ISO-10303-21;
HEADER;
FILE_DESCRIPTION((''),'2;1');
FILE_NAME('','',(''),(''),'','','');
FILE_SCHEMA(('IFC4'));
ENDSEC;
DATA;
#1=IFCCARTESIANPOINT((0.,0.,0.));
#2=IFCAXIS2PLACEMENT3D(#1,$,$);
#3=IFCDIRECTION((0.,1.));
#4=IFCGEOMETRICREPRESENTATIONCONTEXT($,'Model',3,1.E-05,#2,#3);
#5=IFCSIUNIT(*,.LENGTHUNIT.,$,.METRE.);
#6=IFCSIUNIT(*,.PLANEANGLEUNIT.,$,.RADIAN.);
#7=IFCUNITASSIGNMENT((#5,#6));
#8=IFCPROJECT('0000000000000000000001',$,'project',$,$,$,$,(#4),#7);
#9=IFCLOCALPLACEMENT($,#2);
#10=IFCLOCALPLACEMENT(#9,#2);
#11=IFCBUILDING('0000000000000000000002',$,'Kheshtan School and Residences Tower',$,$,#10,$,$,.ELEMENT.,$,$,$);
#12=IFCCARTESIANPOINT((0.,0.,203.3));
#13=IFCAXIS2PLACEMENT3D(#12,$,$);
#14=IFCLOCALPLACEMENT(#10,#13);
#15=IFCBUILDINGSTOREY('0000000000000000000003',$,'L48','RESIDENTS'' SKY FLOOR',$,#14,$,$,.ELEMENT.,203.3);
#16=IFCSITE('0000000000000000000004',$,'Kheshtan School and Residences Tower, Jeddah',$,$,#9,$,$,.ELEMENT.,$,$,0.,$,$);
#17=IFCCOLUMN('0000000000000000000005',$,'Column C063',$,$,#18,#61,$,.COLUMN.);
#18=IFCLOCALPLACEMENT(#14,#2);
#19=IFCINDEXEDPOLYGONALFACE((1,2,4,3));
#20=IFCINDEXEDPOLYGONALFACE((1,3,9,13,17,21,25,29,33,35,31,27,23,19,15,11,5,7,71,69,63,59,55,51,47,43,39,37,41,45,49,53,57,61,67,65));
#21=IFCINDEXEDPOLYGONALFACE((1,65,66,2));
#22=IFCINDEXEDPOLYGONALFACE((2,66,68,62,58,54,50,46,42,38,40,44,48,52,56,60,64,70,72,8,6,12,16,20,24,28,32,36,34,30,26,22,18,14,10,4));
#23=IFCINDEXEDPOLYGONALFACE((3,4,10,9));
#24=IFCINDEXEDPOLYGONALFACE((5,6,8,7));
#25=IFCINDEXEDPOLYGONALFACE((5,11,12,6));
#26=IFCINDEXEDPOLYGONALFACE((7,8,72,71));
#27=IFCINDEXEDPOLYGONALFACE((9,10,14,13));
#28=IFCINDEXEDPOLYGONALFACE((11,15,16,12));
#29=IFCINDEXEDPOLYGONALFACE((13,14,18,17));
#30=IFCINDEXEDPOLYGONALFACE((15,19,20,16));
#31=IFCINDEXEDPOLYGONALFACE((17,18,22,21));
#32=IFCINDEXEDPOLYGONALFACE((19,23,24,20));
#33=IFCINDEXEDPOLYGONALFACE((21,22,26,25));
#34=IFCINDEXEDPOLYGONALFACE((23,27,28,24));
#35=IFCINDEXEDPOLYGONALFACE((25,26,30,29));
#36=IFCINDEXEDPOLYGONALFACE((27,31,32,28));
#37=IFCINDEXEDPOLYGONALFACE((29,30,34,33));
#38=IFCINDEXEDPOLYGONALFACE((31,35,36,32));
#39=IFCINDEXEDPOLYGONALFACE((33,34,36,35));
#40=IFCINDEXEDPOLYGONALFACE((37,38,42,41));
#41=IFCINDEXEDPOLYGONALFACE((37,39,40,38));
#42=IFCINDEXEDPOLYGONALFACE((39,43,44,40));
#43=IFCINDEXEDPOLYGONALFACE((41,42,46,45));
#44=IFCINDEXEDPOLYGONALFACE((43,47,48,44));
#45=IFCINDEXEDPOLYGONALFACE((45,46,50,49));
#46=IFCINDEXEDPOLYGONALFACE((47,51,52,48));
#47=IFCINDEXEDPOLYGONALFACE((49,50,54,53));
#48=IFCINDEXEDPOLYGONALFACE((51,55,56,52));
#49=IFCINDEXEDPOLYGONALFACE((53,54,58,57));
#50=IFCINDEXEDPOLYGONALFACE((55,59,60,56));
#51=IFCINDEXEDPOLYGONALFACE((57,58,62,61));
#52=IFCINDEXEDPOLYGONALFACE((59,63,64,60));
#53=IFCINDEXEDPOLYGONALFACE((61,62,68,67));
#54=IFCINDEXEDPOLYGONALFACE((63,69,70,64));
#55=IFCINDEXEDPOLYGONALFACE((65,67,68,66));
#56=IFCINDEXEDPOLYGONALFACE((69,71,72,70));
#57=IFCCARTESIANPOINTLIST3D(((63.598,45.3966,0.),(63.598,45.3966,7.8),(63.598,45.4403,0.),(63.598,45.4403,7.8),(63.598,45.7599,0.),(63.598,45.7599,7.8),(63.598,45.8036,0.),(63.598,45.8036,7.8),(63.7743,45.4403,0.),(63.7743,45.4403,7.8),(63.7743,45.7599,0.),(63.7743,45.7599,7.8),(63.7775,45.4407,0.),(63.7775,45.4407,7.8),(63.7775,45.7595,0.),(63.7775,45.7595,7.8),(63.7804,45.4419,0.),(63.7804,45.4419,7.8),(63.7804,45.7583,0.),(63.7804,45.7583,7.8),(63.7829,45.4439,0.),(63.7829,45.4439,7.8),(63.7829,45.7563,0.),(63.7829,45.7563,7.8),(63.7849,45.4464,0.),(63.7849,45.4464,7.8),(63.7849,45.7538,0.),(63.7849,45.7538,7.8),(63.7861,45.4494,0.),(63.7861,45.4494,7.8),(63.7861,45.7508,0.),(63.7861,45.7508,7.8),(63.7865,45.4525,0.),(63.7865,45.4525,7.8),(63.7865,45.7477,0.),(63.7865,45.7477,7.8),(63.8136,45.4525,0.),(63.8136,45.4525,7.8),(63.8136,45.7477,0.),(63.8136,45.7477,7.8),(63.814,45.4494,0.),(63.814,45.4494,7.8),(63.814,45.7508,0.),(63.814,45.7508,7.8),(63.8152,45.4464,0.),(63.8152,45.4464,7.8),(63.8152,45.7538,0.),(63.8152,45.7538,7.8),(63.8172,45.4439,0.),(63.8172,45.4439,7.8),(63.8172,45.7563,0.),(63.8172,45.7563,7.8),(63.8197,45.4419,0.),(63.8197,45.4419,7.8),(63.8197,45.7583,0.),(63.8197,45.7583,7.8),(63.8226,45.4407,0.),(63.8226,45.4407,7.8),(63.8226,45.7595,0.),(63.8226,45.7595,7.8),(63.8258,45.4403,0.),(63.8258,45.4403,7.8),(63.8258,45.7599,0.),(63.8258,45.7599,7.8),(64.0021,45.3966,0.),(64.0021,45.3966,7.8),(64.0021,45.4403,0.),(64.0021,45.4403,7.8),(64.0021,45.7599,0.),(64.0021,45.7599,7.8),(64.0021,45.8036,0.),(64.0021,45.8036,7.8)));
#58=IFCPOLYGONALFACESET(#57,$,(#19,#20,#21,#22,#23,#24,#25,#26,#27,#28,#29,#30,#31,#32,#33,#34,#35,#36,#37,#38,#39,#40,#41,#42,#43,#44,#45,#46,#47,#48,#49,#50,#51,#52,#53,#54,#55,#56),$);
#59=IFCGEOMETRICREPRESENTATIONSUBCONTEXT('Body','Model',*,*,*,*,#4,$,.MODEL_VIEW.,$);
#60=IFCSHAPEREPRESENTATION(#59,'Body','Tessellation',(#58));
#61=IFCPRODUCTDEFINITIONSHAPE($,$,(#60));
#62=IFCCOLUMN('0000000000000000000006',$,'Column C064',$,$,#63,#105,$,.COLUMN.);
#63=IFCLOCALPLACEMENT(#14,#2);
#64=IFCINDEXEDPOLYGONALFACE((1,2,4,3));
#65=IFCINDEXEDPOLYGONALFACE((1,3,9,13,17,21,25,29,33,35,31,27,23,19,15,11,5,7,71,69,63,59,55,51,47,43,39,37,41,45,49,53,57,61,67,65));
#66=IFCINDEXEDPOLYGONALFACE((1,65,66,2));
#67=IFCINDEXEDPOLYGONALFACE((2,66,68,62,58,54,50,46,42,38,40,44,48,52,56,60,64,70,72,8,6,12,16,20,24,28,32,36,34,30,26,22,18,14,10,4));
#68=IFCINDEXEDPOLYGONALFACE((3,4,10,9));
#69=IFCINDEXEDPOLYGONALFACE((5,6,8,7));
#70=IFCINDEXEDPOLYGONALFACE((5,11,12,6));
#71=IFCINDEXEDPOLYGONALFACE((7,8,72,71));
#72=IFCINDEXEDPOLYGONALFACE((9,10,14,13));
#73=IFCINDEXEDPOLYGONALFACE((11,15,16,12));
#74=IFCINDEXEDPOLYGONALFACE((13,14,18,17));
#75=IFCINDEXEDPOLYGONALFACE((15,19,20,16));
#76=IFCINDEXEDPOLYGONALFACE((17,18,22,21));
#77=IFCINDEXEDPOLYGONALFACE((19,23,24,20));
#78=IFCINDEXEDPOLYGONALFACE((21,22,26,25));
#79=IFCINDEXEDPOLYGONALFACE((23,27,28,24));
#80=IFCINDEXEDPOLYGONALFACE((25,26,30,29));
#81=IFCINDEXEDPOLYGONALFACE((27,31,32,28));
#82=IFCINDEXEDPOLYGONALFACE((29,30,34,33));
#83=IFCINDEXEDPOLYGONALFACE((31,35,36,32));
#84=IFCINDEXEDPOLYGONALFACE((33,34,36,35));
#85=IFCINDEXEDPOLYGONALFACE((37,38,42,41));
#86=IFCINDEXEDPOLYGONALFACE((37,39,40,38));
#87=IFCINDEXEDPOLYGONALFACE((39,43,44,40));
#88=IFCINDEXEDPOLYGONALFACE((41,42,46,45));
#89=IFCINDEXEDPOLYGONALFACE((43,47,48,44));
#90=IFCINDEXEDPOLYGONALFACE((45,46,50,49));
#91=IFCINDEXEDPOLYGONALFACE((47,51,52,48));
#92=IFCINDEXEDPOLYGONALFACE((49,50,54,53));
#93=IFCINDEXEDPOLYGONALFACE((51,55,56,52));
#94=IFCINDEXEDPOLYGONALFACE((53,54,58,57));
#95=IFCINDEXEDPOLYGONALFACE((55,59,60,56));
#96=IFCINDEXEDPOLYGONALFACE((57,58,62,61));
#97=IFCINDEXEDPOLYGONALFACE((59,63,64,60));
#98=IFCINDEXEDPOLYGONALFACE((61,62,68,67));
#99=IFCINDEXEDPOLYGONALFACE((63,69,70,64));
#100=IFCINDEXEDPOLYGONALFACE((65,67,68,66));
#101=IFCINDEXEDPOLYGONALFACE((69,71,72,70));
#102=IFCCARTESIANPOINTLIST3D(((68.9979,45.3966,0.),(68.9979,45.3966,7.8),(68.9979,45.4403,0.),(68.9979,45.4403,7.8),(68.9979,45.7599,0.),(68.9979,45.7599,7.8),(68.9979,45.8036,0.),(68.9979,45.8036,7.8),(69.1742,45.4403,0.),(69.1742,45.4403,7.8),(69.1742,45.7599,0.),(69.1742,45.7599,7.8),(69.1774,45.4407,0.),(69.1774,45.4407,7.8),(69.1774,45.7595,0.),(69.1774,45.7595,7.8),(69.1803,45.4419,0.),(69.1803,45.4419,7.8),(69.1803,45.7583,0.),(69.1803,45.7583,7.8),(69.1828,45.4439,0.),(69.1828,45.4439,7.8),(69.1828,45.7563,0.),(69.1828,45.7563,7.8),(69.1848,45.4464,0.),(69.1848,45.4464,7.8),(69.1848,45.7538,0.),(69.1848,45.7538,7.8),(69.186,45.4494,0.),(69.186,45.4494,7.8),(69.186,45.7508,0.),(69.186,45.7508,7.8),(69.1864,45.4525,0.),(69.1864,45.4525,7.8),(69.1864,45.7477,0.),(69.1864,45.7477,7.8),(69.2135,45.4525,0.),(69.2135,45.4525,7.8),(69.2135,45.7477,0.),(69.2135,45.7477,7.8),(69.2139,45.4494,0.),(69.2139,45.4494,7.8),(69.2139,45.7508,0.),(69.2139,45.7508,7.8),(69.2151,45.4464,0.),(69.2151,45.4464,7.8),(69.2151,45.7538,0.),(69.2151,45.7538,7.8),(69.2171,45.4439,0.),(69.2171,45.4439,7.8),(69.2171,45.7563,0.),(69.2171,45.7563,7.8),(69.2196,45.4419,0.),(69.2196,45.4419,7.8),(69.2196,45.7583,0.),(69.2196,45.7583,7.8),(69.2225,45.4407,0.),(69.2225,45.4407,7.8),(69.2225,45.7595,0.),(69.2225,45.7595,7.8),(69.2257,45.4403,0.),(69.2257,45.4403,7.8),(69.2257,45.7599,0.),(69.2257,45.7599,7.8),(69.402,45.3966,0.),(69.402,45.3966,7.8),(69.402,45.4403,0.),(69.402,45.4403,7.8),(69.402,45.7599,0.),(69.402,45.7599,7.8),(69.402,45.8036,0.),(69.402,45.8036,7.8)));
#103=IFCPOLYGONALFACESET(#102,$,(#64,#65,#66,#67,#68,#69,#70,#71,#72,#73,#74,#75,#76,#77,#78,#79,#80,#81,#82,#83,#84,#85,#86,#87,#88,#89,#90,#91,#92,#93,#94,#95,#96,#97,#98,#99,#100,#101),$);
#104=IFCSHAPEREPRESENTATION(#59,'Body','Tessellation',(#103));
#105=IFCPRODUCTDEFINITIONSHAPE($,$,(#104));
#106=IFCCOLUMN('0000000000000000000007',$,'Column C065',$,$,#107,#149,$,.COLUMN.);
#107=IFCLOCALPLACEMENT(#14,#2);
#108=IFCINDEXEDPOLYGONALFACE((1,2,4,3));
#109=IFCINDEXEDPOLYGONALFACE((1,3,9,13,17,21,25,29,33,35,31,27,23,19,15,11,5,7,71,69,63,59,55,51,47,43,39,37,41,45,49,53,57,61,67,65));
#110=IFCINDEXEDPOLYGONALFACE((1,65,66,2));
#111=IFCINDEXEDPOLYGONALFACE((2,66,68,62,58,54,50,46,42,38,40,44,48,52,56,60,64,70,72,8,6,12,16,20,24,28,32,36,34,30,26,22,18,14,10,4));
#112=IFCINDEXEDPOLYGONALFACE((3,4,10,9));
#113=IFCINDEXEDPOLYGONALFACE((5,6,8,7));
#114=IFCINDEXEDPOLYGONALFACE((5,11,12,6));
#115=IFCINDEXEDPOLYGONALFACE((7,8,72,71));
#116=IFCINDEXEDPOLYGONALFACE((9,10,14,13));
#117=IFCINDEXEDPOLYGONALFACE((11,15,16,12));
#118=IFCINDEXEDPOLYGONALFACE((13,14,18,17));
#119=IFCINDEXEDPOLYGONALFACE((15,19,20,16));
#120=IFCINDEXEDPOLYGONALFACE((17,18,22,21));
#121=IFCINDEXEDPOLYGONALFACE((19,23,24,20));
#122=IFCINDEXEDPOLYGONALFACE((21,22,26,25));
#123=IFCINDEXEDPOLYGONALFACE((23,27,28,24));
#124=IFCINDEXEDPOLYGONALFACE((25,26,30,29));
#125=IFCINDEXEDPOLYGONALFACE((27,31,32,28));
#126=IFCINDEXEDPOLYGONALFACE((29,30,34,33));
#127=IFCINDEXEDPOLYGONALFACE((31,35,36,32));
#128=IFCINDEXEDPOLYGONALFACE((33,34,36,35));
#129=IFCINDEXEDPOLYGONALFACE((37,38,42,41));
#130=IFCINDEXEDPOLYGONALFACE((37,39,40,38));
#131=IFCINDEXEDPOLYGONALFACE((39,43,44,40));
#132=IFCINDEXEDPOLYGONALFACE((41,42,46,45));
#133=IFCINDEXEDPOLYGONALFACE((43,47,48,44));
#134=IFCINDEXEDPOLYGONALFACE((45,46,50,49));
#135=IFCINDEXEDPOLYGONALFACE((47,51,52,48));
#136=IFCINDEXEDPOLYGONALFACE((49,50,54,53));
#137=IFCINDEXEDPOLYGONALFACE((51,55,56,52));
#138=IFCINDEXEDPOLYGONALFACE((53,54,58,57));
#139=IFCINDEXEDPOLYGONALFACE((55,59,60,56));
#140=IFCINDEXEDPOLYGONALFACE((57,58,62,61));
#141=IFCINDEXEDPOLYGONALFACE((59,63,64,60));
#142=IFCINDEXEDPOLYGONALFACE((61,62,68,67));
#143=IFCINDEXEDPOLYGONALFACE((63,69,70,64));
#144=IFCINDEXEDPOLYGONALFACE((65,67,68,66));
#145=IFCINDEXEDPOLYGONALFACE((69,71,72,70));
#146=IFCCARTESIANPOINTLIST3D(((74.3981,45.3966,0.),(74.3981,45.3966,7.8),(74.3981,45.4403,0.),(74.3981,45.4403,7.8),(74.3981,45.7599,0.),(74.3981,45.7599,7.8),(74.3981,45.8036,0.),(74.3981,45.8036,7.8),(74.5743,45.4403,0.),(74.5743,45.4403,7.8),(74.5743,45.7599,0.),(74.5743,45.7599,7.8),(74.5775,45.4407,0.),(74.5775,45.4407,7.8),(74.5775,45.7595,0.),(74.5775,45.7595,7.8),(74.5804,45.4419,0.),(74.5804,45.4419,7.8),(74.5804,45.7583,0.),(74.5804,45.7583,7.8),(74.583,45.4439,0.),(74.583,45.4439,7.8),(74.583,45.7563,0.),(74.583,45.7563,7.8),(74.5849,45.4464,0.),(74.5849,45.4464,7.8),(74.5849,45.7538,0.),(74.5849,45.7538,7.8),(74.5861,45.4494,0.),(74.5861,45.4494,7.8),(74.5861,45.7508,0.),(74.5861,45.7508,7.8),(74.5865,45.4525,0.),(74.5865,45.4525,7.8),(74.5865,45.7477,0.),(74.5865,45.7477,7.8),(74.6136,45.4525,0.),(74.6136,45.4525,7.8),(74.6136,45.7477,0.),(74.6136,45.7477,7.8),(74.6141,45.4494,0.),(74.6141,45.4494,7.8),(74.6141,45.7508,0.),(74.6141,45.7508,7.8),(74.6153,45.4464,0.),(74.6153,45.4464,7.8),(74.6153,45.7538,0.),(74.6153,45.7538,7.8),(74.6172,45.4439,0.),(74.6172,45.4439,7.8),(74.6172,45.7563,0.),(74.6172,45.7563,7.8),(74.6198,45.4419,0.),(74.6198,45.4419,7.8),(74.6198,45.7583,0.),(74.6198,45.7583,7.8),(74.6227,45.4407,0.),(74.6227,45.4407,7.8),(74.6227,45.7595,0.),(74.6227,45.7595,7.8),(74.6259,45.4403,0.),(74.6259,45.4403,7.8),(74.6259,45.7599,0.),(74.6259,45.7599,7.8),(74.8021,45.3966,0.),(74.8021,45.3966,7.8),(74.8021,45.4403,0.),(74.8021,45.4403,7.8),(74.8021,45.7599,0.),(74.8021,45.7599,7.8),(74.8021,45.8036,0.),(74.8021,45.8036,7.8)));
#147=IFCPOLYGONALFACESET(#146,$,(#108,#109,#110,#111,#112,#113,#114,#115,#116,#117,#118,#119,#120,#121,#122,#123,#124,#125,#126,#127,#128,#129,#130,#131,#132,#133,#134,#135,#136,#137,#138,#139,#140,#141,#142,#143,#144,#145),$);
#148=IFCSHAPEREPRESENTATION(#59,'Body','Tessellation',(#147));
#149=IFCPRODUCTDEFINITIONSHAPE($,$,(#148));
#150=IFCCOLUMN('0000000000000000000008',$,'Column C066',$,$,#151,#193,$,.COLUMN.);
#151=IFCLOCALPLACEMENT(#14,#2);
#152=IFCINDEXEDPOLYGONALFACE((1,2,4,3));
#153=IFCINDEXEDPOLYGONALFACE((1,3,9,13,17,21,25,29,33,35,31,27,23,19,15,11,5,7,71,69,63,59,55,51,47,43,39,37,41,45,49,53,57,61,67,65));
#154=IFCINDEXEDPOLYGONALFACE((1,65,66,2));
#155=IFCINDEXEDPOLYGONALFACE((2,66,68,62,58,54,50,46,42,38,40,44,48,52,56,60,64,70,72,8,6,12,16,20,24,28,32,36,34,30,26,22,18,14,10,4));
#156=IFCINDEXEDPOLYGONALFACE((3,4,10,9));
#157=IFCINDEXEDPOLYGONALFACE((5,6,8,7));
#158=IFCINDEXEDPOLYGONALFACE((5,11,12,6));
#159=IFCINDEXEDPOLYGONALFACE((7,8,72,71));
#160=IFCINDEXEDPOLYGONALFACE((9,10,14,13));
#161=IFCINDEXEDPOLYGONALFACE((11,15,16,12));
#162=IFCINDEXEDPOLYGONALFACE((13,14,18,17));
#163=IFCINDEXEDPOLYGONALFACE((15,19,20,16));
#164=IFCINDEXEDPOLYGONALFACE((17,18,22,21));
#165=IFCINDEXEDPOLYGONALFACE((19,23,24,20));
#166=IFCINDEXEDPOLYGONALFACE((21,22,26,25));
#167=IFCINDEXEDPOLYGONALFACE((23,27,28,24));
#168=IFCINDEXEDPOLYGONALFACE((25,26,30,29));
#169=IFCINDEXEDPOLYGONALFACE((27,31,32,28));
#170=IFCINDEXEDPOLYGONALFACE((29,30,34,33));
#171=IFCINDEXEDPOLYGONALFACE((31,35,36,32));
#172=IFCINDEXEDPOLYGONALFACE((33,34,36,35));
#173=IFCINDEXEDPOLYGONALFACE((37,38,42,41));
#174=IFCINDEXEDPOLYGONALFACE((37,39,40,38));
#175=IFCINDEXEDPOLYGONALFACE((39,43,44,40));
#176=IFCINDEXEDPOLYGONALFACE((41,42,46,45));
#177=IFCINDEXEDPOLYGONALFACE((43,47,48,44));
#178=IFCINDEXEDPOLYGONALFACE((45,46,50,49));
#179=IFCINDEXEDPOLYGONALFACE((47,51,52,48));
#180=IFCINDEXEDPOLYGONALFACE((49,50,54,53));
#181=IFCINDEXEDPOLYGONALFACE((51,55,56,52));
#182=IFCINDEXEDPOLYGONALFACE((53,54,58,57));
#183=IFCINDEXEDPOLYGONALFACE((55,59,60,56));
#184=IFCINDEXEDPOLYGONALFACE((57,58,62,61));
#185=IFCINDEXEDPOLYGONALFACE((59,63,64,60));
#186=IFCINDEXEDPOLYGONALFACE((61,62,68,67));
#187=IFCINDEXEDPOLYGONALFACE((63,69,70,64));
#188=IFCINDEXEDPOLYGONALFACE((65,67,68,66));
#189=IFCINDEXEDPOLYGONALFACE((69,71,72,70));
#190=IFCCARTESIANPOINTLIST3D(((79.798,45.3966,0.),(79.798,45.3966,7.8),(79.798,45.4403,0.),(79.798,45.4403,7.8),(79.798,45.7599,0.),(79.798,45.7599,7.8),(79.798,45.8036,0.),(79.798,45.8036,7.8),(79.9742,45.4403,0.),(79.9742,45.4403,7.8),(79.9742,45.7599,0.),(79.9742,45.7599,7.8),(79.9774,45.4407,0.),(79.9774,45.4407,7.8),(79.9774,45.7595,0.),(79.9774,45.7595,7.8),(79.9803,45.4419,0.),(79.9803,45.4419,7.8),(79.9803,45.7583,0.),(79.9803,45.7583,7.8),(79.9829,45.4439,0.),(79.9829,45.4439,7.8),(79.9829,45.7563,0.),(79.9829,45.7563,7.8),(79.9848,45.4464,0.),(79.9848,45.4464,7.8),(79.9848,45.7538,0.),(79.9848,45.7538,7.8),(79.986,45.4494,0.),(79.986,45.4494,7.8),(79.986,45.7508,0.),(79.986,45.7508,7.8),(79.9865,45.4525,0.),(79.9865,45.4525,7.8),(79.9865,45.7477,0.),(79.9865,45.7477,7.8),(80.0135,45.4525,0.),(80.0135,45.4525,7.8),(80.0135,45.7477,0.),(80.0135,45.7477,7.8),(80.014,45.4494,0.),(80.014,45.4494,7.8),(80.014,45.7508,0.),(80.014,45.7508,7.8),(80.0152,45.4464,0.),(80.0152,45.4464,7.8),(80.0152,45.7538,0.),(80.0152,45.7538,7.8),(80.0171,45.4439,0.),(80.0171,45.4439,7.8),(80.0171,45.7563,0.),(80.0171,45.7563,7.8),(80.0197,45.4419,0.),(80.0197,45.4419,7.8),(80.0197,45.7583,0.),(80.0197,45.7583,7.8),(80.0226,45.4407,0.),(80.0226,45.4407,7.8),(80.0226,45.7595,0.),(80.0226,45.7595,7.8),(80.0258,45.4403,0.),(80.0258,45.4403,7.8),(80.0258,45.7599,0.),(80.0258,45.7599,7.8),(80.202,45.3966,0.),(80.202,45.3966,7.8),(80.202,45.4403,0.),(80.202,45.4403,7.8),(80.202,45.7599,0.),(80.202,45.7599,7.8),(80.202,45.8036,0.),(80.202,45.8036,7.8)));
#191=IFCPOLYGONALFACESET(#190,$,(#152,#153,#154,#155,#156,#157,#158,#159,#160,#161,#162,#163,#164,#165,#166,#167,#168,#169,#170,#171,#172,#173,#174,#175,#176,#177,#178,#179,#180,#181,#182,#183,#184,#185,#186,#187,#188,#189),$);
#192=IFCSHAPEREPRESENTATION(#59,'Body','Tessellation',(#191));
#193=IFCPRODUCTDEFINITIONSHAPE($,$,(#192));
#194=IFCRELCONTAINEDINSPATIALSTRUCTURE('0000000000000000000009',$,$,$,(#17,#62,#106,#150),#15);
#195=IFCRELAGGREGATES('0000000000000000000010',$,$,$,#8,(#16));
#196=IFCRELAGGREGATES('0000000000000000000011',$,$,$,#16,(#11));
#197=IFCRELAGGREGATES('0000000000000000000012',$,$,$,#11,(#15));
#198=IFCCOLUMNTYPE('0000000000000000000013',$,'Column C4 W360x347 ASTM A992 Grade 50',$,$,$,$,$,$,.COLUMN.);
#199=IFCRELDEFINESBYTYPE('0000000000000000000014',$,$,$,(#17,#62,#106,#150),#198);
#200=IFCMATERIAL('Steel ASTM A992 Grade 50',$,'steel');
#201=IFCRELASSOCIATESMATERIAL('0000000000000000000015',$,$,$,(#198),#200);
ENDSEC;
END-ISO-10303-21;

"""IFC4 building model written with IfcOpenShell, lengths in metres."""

from ifc_helpers import new_model, si_unit, direction, frame, origin, origin_2d, place, context, subcontext, project, spatial, i_section, extrude, material, material_profile, profile_set, type_object, element, save


model = new_model("IFC4")

# Units and contexts
model_context = context("Model", 3, precision=1e-05, world=origin(), true_north=direction((0.0, 1.0)))
body_context = subcontext(model_context, "Body", "Model", "MODEL_VIEW")
ifc_project = project(units=[si_unit("LENGTHUNIT", "METRE"), si_unit("PLANEANGLEUNIT", "RADIAN")], contexts=[model_context])

# Site, building, storey
site_placement = place(None, origin())
site = spatial("IfcSite", under=ifc_project, at=site_placement, Name="Kheshtan School and Residences Tower, Jeddah", CompositionType="ELEMENT", RefElevation=0.0)
building_placement = place(site_placement, origin())
building = spatial("IfcBuilding", under=site, at=building_placement, Name="Kheshtan School and Residences Tower", CompositionType="ELEMENT")
storey_placement = place(building_placement, frame((0.0, 0.0, 203.3)))
storey = spatial("IfcBuildingStorey", under=building, at=storey_placement, Name="L48", Description="RESIDENTS' SKY FLOOR", CompositionType="ELEMENT", Elevation=203.3)

# Columns
ifc_material_1 = material(Name="Steel ASTM A992 Grade 50", Category="steel")
ifc_material_profile_1 = material_profile(ifc_material_1, i_section(OverallWidth=0.4041, OverallDepth=0.407, WebThickness=0.0271, FlangeThickness=0.0437, FilletRadius=0.0122, at=origin_2d()), Name="W360x347")
ifc_profile_set_1 = profile_set([ifc_material_profile_1], Name="Steel ASTM A992 Grade 50")
column_type = type_object("IfcColumnType", Name="Column C4 W360x347 ASTM A992 Grade 50", PredefinedType="COLUMN", material=ifc_profile_set_1)
for number, where, z_axis, x_axis, name in (
    (1, (63.8, 45.6001, 0.0), (0.0, 0.0, 1.0), (1.0, 0.0, 0.0), "Column C063"),
    (2, (69.2, 45.6001, 0.0), (0.0, 0.0, 1.0), (1.0, 0.0, 0.0), "Column C064"),
    (3, (74.6001, 45.6001, 0.0), (0.0, 0.0, 1.0), (1.0, 0.0, 0.0), "Column C065"),
    (4, (80.0, 45.6001, 0.0), (0.0, 0.0, 1.0), (1.0, 0.0, 0.0), "Column C066"),
):
    element("IfcColumn", number, at=place(storey_placement, frame(where, z_axis=z_axis, x_axis=x_axis)), inside=storey, type_object=column_type, Name=name, PredefinedType="COLUMN", context=body_context, shape_type="SweptSolid", body=[
        extrude(i_section(OverallWidth=0.4041, OverallDepth=0.407, WebThickness=0.0271, FlangeThickness=0.0437, FilletRadius=0.0122, at=origin_2d()), origin(), (0.0, 0.0, 1.0), 7.8),
    ])

save(model, "model.ifc")
